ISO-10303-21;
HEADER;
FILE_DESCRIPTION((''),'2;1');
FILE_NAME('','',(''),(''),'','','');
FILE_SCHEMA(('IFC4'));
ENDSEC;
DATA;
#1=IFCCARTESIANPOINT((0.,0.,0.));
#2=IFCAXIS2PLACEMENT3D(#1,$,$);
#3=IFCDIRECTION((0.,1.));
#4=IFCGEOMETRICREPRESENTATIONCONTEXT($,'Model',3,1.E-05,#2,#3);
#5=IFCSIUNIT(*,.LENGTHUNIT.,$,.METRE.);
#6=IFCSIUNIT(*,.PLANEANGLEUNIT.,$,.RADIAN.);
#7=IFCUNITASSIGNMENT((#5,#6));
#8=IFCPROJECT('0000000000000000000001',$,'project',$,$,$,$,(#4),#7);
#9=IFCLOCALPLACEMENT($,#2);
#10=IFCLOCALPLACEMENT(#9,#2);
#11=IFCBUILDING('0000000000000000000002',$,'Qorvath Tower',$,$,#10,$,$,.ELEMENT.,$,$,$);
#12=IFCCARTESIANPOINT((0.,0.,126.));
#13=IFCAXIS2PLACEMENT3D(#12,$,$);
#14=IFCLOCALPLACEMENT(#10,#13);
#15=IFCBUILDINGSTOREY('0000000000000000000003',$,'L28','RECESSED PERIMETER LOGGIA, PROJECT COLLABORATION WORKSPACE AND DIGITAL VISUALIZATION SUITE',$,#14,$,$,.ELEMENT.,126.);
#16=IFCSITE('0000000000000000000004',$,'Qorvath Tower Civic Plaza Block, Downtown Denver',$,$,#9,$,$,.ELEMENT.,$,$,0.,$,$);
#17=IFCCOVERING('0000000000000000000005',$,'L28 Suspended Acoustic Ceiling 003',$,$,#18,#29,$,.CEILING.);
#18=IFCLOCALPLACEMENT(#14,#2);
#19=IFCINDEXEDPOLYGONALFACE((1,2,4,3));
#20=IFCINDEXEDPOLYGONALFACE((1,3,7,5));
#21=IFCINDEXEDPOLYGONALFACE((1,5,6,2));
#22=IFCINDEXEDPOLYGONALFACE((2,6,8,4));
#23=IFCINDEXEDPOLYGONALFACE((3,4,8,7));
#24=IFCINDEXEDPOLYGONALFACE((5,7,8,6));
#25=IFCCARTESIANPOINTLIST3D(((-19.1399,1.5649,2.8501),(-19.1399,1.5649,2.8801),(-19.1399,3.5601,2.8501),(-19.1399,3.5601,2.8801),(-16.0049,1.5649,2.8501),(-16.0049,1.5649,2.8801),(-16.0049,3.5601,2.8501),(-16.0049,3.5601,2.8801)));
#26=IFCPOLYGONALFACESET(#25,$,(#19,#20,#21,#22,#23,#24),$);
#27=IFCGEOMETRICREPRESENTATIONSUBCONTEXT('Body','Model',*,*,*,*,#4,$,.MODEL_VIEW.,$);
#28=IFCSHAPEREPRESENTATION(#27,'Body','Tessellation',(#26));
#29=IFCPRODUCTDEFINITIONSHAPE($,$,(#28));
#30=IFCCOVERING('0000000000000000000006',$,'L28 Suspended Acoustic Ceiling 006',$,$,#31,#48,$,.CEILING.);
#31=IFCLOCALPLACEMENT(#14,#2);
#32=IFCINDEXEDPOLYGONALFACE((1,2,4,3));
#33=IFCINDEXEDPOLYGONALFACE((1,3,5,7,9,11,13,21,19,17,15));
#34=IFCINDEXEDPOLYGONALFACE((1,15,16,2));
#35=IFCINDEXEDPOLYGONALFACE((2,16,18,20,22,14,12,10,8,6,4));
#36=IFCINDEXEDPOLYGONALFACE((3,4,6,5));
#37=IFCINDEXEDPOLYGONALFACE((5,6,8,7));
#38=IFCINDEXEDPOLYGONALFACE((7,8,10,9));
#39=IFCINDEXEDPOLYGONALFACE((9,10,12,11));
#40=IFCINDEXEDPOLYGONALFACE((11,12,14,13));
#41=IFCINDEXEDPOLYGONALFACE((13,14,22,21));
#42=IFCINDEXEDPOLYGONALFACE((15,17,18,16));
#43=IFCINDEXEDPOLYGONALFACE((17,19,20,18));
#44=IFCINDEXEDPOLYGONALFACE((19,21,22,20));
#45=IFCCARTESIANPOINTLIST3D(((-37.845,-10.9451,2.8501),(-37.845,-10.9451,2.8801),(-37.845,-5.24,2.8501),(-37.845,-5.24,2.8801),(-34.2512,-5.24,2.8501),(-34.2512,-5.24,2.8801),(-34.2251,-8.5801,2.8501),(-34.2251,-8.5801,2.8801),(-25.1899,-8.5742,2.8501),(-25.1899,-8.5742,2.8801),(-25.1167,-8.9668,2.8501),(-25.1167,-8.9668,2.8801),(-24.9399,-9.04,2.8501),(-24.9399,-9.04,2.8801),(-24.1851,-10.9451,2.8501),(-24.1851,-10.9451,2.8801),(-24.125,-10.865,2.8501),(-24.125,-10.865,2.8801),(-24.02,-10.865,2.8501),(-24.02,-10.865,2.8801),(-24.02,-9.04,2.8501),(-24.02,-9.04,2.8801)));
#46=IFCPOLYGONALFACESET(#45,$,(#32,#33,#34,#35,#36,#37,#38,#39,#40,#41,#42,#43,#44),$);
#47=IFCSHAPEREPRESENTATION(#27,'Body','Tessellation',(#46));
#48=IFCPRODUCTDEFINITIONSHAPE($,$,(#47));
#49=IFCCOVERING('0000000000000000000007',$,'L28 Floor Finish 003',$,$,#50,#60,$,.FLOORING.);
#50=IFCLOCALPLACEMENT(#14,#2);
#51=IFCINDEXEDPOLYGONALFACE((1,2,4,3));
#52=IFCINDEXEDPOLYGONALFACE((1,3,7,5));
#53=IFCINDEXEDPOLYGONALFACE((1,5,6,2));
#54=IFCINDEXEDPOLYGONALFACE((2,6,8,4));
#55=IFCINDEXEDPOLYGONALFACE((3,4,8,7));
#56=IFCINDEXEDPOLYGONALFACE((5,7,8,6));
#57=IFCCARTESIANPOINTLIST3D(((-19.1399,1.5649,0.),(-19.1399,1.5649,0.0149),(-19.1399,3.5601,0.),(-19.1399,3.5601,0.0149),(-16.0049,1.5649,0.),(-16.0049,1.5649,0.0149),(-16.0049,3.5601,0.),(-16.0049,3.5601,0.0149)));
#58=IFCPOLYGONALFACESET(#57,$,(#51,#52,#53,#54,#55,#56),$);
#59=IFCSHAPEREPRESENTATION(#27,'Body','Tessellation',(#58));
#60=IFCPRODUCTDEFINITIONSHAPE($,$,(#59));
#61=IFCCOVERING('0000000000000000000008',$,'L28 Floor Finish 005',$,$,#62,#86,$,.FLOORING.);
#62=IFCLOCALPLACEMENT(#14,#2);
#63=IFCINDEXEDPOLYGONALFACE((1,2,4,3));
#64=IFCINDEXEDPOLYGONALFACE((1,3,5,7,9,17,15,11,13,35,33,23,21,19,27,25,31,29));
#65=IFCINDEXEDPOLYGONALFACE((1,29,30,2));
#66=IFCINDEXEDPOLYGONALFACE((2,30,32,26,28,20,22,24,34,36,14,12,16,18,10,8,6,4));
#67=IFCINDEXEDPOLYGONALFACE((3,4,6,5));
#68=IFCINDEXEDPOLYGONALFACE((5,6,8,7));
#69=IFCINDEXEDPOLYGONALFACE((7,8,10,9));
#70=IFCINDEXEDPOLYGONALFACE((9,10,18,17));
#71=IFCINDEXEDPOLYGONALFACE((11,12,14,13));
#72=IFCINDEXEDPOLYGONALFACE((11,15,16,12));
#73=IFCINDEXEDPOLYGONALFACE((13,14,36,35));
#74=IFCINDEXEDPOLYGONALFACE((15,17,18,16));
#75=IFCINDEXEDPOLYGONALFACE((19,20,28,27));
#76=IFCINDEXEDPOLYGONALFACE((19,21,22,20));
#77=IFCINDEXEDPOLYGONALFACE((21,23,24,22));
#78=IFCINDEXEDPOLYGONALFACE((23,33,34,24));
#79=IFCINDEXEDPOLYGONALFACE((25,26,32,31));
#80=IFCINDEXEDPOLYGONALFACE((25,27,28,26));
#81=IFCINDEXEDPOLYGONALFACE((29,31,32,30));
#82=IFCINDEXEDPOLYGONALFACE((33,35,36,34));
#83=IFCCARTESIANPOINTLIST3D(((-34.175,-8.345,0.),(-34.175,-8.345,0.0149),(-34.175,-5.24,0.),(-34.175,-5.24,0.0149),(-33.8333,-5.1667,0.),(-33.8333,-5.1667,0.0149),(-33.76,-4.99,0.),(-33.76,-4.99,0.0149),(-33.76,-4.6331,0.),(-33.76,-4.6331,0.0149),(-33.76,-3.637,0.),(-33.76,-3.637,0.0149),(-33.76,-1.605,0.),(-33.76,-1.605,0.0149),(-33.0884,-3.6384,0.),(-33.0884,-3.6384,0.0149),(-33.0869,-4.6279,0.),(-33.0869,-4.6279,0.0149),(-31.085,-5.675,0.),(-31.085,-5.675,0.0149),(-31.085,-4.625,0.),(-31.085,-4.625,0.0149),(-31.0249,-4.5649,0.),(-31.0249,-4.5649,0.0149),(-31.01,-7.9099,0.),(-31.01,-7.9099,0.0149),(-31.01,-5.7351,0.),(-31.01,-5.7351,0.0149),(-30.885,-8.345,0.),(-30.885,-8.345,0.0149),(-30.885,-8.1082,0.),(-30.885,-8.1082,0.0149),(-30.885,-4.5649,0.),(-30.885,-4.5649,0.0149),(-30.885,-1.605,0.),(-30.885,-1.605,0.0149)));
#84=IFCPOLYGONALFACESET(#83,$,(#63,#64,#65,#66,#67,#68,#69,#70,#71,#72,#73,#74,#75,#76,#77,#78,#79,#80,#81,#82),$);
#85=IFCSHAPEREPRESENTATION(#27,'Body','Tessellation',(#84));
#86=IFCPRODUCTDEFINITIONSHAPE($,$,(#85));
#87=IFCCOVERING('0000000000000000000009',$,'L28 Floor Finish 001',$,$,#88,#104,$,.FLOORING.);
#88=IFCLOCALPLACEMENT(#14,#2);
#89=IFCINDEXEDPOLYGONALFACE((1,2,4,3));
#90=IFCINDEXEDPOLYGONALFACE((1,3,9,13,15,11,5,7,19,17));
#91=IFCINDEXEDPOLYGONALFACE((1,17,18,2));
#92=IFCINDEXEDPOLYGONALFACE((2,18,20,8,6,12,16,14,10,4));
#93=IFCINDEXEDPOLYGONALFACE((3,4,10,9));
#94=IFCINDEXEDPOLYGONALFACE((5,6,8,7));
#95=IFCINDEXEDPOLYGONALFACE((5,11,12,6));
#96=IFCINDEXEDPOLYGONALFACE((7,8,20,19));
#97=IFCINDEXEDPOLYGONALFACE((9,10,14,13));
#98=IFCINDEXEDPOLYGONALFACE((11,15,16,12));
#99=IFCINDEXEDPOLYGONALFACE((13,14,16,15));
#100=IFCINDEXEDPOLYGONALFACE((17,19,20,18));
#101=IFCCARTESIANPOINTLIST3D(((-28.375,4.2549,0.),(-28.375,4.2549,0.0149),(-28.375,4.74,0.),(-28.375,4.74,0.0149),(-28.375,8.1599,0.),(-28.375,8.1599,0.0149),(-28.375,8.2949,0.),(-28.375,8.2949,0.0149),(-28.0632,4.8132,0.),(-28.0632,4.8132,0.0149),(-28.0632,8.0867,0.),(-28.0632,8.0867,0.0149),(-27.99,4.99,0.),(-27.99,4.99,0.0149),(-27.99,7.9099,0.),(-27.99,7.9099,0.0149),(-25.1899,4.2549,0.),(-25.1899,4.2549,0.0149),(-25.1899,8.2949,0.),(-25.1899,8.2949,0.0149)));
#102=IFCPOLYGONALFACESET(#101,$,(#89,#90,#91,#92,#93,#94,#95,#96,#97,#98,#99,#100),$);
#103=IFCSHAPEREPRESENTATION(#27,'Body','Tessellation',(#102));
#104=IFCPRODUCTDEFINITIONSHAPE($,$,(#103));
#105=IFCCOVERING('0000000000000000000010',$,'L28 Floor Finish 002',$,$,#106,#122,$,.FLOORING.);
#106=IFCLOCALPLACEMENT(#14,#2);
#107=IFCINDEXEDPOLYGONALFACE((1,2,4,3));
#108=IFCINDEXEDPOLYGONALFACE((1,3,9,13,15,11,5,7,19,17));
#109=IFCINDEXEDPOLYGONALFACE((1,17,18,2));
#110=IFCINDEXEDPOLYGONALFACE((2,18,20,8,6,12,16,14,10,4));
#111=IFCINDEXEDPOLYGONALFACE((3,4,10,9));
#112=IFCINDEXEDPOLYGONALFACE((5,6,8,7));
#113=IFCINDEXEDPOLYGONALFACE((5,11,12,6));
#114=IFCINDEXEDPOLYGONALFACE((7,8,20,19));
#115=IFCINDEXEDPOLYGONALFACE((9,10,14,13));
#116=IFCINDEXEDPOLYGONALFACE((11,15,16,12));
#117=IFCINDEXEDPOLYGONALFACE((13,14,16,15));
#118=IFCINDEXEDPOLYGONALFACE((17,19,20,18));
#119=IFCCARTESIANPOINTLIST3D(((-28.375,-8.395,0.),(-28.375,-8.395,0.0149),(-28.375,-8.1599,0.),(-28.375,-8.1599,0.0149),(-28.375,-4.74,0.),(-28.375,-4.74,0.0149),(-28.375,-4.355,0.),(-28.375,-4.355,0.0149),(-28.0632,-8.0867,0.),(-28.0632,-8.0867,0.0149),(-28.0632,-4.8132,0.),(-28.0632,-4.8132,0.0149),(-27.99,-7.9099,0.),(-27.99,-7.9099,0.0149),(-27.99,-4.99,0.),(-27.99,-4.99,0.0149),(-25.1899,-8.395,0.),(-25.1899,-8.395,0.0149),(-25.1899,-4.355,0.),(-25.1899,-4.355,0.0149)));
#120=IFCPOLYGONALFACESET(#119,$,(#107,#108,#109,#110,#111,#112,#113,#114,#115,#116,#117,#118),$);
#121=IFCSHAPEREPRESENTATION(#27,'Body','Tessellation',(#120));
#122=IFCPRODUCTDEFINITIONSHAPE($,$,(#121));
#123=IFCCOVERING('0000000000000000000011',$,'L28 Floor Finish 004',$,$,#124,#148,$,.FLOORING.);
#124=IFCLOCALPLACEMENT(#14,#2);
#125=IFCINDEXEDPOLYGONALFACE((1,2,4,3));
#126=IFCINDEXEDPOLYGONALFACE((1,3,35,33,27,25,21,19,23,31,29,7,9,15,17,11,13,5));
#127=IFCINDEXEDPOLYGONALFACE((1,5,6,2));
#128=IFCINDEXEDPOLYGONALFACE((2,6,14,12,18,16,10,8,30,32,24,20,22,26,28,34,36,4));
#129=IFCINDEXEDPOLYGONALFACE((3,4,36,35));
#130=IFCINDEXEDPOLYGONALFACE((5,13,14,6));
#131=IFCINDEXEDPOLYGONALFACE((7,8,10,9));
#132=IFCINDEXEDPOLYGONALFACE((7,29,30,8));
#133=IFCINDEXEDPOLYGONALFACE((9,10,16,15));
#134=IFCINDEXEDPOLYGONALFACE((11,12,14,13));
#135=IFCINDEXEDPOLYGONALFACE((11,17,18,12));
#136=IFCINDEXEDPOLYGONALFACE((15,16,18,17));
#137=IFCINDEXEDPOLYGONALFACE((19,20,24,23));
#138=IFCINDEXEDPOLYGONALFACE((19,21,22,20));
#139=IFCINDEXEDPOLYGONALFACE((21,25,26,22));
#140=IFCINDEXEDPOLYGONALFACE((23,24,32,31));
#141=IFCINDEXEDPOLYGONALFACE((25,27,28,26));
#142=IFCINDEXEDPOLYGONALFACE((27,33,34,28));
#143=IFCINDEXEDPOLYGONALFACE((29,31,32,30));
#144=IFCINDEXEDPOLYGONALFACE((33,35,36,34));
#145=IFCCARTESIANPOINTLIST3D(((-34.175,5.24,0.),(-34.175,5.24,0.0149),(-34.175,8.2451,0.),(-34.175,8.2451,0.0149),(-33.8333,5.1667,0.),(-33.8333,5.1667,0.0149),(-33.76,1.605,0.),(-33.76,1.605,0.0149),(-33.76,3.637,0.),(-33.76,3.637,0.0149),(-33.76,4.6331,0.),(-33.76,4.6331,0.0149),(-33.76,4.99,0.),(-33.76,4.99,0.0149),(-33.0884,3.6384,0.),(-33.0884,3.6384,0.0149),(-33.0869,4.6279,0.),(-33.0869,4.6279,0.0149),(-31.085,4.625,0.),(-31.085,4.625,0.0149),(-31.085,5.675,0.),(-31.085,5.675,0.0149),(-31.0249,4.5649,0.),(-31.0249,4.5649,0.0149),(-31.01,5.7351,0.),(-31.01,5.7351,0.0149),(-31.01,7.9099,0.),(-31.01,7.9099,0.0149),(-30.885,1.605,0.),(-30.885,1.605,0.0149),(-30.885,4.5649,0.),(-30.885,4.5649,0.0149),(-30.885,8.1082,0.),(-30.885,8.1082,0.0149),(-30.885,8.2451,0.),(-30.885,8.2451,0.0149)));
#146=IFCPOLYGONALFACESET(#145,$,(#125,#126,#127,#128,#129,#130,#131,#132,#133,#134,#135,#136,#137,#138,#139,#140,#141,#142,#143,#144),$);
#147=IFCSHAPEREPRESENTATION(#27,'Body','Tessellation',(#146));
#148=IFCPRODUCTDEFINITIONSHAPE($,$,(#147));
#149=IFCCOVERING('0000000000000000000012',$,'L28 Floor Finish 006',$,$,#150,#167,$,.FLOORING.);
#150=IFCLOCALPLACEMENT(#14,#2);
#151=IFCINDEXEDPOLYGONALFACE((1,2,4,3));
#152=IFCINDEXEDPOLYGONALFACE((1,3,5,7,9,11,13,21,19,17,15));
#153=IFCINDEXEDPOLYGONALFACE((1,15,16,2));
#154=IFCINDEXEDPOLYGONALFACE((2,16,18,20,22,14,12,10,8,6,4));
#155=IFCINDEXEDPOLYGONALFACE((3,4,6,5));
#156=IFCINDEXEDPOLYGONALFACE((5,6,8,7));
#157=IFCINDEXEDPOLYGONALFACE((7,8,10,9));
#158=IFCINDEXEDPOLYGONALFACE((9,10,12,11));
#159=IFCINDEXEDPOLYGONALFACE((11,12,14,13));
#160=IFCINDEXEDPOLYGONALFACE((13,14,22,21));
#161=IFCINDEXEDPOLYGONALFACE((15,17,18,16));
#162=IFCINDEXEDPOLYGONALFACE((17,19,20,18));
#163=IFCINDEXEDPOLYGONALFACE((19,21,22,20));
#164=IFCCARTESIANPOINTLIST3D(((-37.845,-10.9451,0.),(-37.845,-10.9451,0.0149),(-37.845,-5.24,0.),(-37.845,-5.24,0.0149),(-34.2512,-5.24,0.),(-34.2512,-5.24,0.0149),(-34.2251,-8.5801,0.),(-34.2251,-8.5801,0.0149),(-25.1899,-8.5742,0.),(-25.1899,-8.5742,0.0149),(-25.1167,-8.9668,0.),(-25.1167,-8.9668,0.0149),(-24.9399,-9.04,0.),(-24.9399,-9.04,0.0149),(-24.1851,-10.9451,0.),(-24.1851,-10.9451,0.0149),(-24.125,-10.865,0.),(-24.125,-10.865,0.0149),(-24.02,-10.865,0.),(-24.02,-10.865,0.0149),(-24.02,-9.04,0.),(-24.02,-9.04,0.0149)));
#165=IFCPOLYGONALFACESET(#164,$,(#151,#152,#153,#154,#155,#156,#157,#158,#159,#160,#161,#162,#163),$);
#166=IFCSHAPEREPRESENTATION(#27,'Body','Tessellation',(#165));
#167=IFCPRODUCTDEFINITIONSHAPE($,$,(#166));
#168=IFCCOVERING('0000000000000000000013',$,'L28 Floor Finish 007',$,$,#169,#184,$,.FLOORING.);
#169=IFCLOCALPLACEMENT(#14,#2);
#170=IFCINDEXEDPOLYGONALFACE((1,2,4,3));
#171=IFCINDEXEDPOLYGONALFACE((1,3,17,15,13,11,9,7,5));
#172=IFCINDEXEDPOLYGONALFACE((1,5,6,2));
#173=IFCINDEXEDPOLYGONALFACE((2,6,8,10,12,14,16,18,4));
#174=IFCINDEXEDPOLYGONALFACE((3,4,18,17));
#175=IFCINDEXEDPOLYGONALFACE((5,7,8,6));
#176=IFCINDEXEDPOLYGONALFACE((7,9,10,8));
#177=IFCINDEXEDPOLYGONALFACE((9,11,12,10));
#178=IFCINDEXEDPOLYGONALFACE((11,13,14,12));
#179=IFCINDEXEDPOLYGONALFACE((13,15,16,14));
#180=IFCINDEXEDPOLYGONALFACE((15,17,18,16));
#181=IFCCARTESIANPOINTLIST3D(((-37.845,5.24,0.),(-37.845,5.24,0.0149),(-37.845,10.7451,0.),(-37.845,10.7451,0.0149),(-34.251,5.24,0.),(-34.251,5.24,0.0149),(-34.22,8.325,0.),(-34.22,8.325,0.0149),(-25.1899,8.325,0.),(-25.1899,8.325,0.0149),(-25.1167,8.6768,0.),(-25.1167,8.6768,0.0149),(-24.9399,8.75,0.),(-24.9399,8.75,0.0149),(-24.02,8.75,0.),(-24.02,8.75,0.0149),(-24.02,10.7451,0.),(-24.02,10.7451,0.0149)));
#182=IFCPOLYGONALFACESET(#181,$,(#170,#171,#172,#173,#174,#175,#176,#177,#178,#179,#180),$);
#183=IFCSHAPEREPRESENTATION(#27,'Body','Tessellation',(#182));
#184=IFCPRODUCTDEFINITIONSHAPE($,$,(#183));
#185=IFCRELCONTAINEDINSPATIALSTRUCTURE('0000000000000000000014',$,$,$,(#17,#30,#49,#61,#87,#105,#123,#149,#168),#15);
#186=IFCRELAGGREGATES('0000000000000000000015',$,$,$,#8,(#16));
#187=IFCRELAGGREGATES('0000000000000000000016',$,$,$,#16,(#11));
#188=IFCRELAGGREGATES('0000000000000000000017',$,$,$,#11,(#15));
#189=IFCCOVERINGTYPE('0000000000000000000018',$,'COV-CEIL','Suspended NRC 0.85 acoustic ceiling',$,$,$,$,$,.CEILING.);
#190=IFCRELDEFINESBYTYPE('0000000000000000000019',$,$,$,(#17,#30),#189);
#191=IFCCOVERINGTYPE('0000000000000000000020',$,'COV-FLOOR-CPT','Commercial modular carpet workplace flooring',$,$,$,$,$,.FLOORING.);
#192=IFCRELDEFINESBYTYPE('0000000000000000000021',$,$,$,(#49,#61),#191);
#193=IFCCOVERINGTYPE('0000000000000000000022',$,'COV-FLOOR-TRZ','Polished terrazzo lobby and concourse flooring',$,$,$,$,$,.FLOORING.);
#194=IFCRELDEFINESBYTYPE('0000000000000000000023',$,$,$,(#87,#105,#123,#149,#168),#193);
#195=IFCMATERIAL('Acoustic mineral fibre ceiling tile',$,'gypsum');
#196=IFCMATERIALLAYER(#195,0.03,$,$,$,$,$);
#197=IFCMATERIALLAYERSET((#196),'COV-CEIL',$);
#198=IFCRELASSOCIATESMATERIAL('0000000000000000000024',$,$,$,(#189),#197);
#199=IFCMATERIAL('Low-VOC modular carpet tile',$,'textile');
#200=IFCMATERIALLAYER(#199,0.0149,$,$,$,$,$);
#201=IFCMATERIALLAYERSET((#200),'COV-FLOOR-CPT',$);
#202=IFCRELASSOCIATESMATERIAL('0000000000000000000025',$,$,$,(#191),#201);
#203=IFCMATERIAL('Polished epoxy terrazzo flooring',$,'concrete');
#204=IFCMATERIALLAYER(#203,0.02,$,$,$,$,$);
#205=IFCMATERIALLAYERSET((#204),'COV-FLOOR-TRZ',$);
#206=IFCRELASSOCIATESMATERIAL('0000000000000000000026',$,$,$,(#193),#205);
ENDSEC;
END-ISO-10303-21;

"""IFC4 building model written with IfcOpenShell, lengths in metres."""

from ifc_helpers import new_model, si_unit, direction, frame, origin, place, context, subcontext, project, spatial, polyline, outline, extrude, material, layer, layer_set, type_object, element, save


model = new_model("IFC4")

# Units and contexts
model_context = context("Model", 3, precision=1e-05, world=origin(), true_north=direction((0.0, 1.0)))
body_context = subcontext(model_context, "Body", "Model", "MODEL_VIEW")
ifc_project = project(units=[si_unit("LENGTHUNIT", "METRE"), si_unit("PLANEANGLEUNIT", "RADIAN")], contexts=[model_context])

# Site, building, storey
site_placement = place(None, origin())
site = spatial("IfcSite", under=ifc_project, at=site_placement, Name="Qorvath Tower Civic Plaza Block, Downtown Denver", CompositionType="ELEMENT", RefElevation=0.0)
building_placement = place(site_placement, origin())
building = spatial("IfcBuilding", under=site, at=building_placement, Name="Qorvath Tower", CompositionType="ELEMENT")
storey_placement = place(building_placement, frame((0.0, 0.0, 126.0)))
storey = spatial("IfcBuildingStorey", under=building, at=storey_placement, Name="L28", Description="RECESSED PERIMETER LOGGIA, PROJECT COLLABORATION WORKSPACE AND DIGITAL VISUALIZATION SUITE", CompositionType="ELEMENT", Elevation=126.0)

# Coverings
ifc_material_1 = material(Name="Acoustic mineral fibre ceiling tile", Category="gypsum")
ifc_layer_1 = layer(ifc_material_1, 0.03)
ifc_layer_set_1 = layer_set([ifc_layer_1], Name="COV-CEIL")
covering_type_1 = type_object("IfcCoveringType", Name="COV-CEIL", Description="Suspended NRC 0.85 acoustic ceiling", PredefinedType="CEILING", material=ifc_layer_set_1)
covering_1_placement = place(storey_placement, frame((0.0, 0.0, 2.8501)))
element("IfcCovering", 1, at=covering_1_placement, inside=storey, type_object=covering_type_1, Name="L28 Suspended Acoustic Ceiling 003", PredefinedType="CEILING", context=body_context, shape_type="SweptSolid", body=[
    extrude(outline(polyline([(-16.0049, 3.5601), (-19.1399, 3.5601), (-19.1399, 1.5649), (-16.0049, 1.5649), (-16.0049, 3.5601)])), origin(), (0.0, 0.0, 1.0), 0.03),
])
covering_2_placement = place(storey_placement, frame((0.0, 0.0, 2.8501)))
element("IfcCovering", 2, at=covering_2_placement, inside=storey, type_object=covering_type_1, Name="L28 Suspended Acoustic Ceiling 006", PredefinedType="CEILING", context=body_context, shape_type="SweptSolid", body=[
    extrude(outline(polyline([(-34.2251, -8.5801), (-34.2512, -5.24), (-37.845, -5.24), (-37.845, -10.9451), (-24.1851, -10.9451), (-24.125, -10.865), (-24.02, -10.865), (-24.02, -9.04), (-24.9399, -9.04), (-25.1167, -8.9668), (-25.1899, -8.5742), (-34.2251, -8.5801)])), origin(), (0.0, 0.0, 1.0), 0.03),
])
ifc_material_2 = material(Name="Low-VOC modular carpet tile", Category="textile")
ifc_layer_2 = layer(ifc_material_2, 0.0149)
ifc_layer_set_2 = layer_set([ifc_layer_2], Name="COV-FLOOR-CPT")
covering_type_2 = type_object("IfcCoveringType", Name="COV-FLOOR-CPT", Description="Commercial modular carpet workplace flooring", PredefinedType="FLOORING", material=ifc_layer_set_2)
covering_3_placement = place(storey_placement, origin())
element("IfcCovering", 3, at=covering_3_placement, inside=storey, type_object=covering_type_2, Name="L28 Floor Finish 003", PredefinedType="FLOORING", context=body_context, shape_type="SweptSolid", body=[
    extrude(outline(polyline([(-16.0049, 3.5601), (-19.1399, 3.5601), (-19.1399, 1.5649), (-16.0049, 1.5649), (-16.0049, 3.5601)])), origin(), (0.0, 0.0, 1.0), 0.0149),
])
covering_4_placement = place(storey_placement, origin())
element("IfcCovering", 4, at=covering_4_placement, inside=storey, type_object=covering_type_2, Name="L28 Floor Finish 005", PredefinedType="FLOORING", context=body_context, shape_type="SweptSolid", body=[
    extrude(outline(polyline([(-30.885, -1.605), (-33.76, -1.605), (-33.76, -3.637), (-33.0884, -3.6384), (-33.0869, -4.6279), (-33.76, -4.6331), (-33.76, -4.99), (-33.8333, -5.1667), (-34.175, -5.24), (-34.175, -8.345), (-30.885, -8.345), (-30.885, -8.1082), (-31.01, -7.9099), (-31.01, -5.7351), (-31.085, -5.675), (-31.085, -4.625), (-31.0249, -4.5649), (-30.885, -4.5649), (-30.885, -1.605)])), origin(), (0.0, 0.0, 1.0), 0.0149),
])
ifc_material_3 = material(Name="Polished epoxy terrazzo flooring", Category="concrete")
ifc_layer_3 = layer(ifc_material_3, 0.02)
ifc_layer_set_3 = layer_set([ifc_layer_3], Name="COV-FLOOR-TRZ")
covering_type_3 = type_object("IfcCoveringType", Name="COV-FLOOR-TRZ", Description="Polished terrazzo lobby and concourse flooring", PredefinedType="FLOORING", material=ifc_layer_set_3)
covering_5_placement = place(storey_placement, origin())
element("IfcCovering", 5, at=covering_5_placement, inside=storey, type_object=covering_type_3, Name="L28 Floor Finish 001", PredefinedType="FLOORING", context=body_context, shape_type="SweptSolid", body=[
    extrude(outline(polyline([(-25.1899, 4.2549), (-25.1899, 8.2949), (-28.375, 8.2949), (-28.375, 8.1599), (-28.0632, 8.0867), (-27.99, 7.9099), (-27.99, 4.99), (-28.0632, 4.8132), (-28.375, 4.74), (-28.375, 4.2549), (-25.1899, 4.2549)])), origin(), (0.0, 0.0, 1.0), 0.0149),
])
covering_6_placement = place(storey_placement, origin())
element("IfcCovering", 6, at=covering_6_placement, inside=storey, type_object=covering_type_3, Name="L28 Floor Finish 002", PredefinedType="FLOORING", context=body_context, shape_type="SweptSolid", body=[
    extrude(outline(polyline([(-25.1899, -8.395), (-25.1899, -4.355), (-28.375, -4.355), (-28.375, -4.74), (-28.0632, -4.8132), (-27.99, -4.99), (-27.99, -7.9099), (-28.0632, -8.0867), (-28.375, -8.1599), (-28.375, -8.395), (-25.1899, -8.395)])), origin(), (0.0, 0.0, 1.0), 0.0149),
])
covering_7_placement = place(storey_placement, origin())
element("IfcCovering", 7, at=covering_7_placement, inside=storey, type_object=covering_type_3, Name="L28 Floor Finish 004", PredefinedType="FLOORING", context=body_context, shape_type="SweptSolid", body=[
    extrude(outline(polyline([(-30.885, 8.2451), (-34.175, 8.2451), (-34.175, 5.24), (-33.8333, 5.1667), (-33.76, 4.99), (-33.76, 4.6331), (-33.0869, 4.6279), (-33.0884, 3.6384), (-33.76, 3.637), (-33.76, 1.605), (-30.885, 1.605), (-30.885, 4.5649), (-31.0249, 4.5649), (-31.085, 4.625), (-31.085, 5.675), (-31.01, 5.7351), (-31.01, 7.9099), (-30.885, 8.1082), (-30.885, 8.2451)])), origin(), (0.0, 0.0, 1.0), 0.0149),
])
covering_8_placement = place(storey_placement, origin())
element("IfcCovering", 8, at=covering_8_placement, inside=storey, type_object=covering_type_3, Name="L28 Floor Finish 006", PredefinedType="FLOORING", context=body_context, shape_type="SweptSolid", body=[
    extrude(outline(polyline([(-34.2251, -8.5801), (-34.2512, -5.24), (-37.845, -5.24), (-37.845, -10.9451), (-24.1851, -10.9451), (-24.125, -10.865), (-24.02, -10.865), (-24.02, -9.04), (-24.9399, -9.04), (-25.1167, -8.9668), (-25.1899, -8.5742), (-34.2251, -8.5801)])), origin(), (0.0, 0.0, 1.0), 0.0149),
])
covering_9_placement = place(storey_placement, origin())
element("IfcCovering", 9, at=covering_9_placement, inside=storey, type_object=covering_type_3, Name="L28 Floor Finish 007", PredefinedType="FLOORING", context=body_context, shape_type="SweptSolid", body=[
    extrude(outline(polyline([(-24.02, 8.75), (-24.02, 10.7451), (-37.845, 10.7451), (-37.845, 5.24), (-34.251, 5.24), (-34.22, 8.325), (-25.1899, 8.325), (-25.1167, 8.6768), (-24.9399, 8.75), (-24.02, 8.75)])), origin(), (0.0, 0.0, 1.0), 0.0149),
])

save(model, "model.ifc")
